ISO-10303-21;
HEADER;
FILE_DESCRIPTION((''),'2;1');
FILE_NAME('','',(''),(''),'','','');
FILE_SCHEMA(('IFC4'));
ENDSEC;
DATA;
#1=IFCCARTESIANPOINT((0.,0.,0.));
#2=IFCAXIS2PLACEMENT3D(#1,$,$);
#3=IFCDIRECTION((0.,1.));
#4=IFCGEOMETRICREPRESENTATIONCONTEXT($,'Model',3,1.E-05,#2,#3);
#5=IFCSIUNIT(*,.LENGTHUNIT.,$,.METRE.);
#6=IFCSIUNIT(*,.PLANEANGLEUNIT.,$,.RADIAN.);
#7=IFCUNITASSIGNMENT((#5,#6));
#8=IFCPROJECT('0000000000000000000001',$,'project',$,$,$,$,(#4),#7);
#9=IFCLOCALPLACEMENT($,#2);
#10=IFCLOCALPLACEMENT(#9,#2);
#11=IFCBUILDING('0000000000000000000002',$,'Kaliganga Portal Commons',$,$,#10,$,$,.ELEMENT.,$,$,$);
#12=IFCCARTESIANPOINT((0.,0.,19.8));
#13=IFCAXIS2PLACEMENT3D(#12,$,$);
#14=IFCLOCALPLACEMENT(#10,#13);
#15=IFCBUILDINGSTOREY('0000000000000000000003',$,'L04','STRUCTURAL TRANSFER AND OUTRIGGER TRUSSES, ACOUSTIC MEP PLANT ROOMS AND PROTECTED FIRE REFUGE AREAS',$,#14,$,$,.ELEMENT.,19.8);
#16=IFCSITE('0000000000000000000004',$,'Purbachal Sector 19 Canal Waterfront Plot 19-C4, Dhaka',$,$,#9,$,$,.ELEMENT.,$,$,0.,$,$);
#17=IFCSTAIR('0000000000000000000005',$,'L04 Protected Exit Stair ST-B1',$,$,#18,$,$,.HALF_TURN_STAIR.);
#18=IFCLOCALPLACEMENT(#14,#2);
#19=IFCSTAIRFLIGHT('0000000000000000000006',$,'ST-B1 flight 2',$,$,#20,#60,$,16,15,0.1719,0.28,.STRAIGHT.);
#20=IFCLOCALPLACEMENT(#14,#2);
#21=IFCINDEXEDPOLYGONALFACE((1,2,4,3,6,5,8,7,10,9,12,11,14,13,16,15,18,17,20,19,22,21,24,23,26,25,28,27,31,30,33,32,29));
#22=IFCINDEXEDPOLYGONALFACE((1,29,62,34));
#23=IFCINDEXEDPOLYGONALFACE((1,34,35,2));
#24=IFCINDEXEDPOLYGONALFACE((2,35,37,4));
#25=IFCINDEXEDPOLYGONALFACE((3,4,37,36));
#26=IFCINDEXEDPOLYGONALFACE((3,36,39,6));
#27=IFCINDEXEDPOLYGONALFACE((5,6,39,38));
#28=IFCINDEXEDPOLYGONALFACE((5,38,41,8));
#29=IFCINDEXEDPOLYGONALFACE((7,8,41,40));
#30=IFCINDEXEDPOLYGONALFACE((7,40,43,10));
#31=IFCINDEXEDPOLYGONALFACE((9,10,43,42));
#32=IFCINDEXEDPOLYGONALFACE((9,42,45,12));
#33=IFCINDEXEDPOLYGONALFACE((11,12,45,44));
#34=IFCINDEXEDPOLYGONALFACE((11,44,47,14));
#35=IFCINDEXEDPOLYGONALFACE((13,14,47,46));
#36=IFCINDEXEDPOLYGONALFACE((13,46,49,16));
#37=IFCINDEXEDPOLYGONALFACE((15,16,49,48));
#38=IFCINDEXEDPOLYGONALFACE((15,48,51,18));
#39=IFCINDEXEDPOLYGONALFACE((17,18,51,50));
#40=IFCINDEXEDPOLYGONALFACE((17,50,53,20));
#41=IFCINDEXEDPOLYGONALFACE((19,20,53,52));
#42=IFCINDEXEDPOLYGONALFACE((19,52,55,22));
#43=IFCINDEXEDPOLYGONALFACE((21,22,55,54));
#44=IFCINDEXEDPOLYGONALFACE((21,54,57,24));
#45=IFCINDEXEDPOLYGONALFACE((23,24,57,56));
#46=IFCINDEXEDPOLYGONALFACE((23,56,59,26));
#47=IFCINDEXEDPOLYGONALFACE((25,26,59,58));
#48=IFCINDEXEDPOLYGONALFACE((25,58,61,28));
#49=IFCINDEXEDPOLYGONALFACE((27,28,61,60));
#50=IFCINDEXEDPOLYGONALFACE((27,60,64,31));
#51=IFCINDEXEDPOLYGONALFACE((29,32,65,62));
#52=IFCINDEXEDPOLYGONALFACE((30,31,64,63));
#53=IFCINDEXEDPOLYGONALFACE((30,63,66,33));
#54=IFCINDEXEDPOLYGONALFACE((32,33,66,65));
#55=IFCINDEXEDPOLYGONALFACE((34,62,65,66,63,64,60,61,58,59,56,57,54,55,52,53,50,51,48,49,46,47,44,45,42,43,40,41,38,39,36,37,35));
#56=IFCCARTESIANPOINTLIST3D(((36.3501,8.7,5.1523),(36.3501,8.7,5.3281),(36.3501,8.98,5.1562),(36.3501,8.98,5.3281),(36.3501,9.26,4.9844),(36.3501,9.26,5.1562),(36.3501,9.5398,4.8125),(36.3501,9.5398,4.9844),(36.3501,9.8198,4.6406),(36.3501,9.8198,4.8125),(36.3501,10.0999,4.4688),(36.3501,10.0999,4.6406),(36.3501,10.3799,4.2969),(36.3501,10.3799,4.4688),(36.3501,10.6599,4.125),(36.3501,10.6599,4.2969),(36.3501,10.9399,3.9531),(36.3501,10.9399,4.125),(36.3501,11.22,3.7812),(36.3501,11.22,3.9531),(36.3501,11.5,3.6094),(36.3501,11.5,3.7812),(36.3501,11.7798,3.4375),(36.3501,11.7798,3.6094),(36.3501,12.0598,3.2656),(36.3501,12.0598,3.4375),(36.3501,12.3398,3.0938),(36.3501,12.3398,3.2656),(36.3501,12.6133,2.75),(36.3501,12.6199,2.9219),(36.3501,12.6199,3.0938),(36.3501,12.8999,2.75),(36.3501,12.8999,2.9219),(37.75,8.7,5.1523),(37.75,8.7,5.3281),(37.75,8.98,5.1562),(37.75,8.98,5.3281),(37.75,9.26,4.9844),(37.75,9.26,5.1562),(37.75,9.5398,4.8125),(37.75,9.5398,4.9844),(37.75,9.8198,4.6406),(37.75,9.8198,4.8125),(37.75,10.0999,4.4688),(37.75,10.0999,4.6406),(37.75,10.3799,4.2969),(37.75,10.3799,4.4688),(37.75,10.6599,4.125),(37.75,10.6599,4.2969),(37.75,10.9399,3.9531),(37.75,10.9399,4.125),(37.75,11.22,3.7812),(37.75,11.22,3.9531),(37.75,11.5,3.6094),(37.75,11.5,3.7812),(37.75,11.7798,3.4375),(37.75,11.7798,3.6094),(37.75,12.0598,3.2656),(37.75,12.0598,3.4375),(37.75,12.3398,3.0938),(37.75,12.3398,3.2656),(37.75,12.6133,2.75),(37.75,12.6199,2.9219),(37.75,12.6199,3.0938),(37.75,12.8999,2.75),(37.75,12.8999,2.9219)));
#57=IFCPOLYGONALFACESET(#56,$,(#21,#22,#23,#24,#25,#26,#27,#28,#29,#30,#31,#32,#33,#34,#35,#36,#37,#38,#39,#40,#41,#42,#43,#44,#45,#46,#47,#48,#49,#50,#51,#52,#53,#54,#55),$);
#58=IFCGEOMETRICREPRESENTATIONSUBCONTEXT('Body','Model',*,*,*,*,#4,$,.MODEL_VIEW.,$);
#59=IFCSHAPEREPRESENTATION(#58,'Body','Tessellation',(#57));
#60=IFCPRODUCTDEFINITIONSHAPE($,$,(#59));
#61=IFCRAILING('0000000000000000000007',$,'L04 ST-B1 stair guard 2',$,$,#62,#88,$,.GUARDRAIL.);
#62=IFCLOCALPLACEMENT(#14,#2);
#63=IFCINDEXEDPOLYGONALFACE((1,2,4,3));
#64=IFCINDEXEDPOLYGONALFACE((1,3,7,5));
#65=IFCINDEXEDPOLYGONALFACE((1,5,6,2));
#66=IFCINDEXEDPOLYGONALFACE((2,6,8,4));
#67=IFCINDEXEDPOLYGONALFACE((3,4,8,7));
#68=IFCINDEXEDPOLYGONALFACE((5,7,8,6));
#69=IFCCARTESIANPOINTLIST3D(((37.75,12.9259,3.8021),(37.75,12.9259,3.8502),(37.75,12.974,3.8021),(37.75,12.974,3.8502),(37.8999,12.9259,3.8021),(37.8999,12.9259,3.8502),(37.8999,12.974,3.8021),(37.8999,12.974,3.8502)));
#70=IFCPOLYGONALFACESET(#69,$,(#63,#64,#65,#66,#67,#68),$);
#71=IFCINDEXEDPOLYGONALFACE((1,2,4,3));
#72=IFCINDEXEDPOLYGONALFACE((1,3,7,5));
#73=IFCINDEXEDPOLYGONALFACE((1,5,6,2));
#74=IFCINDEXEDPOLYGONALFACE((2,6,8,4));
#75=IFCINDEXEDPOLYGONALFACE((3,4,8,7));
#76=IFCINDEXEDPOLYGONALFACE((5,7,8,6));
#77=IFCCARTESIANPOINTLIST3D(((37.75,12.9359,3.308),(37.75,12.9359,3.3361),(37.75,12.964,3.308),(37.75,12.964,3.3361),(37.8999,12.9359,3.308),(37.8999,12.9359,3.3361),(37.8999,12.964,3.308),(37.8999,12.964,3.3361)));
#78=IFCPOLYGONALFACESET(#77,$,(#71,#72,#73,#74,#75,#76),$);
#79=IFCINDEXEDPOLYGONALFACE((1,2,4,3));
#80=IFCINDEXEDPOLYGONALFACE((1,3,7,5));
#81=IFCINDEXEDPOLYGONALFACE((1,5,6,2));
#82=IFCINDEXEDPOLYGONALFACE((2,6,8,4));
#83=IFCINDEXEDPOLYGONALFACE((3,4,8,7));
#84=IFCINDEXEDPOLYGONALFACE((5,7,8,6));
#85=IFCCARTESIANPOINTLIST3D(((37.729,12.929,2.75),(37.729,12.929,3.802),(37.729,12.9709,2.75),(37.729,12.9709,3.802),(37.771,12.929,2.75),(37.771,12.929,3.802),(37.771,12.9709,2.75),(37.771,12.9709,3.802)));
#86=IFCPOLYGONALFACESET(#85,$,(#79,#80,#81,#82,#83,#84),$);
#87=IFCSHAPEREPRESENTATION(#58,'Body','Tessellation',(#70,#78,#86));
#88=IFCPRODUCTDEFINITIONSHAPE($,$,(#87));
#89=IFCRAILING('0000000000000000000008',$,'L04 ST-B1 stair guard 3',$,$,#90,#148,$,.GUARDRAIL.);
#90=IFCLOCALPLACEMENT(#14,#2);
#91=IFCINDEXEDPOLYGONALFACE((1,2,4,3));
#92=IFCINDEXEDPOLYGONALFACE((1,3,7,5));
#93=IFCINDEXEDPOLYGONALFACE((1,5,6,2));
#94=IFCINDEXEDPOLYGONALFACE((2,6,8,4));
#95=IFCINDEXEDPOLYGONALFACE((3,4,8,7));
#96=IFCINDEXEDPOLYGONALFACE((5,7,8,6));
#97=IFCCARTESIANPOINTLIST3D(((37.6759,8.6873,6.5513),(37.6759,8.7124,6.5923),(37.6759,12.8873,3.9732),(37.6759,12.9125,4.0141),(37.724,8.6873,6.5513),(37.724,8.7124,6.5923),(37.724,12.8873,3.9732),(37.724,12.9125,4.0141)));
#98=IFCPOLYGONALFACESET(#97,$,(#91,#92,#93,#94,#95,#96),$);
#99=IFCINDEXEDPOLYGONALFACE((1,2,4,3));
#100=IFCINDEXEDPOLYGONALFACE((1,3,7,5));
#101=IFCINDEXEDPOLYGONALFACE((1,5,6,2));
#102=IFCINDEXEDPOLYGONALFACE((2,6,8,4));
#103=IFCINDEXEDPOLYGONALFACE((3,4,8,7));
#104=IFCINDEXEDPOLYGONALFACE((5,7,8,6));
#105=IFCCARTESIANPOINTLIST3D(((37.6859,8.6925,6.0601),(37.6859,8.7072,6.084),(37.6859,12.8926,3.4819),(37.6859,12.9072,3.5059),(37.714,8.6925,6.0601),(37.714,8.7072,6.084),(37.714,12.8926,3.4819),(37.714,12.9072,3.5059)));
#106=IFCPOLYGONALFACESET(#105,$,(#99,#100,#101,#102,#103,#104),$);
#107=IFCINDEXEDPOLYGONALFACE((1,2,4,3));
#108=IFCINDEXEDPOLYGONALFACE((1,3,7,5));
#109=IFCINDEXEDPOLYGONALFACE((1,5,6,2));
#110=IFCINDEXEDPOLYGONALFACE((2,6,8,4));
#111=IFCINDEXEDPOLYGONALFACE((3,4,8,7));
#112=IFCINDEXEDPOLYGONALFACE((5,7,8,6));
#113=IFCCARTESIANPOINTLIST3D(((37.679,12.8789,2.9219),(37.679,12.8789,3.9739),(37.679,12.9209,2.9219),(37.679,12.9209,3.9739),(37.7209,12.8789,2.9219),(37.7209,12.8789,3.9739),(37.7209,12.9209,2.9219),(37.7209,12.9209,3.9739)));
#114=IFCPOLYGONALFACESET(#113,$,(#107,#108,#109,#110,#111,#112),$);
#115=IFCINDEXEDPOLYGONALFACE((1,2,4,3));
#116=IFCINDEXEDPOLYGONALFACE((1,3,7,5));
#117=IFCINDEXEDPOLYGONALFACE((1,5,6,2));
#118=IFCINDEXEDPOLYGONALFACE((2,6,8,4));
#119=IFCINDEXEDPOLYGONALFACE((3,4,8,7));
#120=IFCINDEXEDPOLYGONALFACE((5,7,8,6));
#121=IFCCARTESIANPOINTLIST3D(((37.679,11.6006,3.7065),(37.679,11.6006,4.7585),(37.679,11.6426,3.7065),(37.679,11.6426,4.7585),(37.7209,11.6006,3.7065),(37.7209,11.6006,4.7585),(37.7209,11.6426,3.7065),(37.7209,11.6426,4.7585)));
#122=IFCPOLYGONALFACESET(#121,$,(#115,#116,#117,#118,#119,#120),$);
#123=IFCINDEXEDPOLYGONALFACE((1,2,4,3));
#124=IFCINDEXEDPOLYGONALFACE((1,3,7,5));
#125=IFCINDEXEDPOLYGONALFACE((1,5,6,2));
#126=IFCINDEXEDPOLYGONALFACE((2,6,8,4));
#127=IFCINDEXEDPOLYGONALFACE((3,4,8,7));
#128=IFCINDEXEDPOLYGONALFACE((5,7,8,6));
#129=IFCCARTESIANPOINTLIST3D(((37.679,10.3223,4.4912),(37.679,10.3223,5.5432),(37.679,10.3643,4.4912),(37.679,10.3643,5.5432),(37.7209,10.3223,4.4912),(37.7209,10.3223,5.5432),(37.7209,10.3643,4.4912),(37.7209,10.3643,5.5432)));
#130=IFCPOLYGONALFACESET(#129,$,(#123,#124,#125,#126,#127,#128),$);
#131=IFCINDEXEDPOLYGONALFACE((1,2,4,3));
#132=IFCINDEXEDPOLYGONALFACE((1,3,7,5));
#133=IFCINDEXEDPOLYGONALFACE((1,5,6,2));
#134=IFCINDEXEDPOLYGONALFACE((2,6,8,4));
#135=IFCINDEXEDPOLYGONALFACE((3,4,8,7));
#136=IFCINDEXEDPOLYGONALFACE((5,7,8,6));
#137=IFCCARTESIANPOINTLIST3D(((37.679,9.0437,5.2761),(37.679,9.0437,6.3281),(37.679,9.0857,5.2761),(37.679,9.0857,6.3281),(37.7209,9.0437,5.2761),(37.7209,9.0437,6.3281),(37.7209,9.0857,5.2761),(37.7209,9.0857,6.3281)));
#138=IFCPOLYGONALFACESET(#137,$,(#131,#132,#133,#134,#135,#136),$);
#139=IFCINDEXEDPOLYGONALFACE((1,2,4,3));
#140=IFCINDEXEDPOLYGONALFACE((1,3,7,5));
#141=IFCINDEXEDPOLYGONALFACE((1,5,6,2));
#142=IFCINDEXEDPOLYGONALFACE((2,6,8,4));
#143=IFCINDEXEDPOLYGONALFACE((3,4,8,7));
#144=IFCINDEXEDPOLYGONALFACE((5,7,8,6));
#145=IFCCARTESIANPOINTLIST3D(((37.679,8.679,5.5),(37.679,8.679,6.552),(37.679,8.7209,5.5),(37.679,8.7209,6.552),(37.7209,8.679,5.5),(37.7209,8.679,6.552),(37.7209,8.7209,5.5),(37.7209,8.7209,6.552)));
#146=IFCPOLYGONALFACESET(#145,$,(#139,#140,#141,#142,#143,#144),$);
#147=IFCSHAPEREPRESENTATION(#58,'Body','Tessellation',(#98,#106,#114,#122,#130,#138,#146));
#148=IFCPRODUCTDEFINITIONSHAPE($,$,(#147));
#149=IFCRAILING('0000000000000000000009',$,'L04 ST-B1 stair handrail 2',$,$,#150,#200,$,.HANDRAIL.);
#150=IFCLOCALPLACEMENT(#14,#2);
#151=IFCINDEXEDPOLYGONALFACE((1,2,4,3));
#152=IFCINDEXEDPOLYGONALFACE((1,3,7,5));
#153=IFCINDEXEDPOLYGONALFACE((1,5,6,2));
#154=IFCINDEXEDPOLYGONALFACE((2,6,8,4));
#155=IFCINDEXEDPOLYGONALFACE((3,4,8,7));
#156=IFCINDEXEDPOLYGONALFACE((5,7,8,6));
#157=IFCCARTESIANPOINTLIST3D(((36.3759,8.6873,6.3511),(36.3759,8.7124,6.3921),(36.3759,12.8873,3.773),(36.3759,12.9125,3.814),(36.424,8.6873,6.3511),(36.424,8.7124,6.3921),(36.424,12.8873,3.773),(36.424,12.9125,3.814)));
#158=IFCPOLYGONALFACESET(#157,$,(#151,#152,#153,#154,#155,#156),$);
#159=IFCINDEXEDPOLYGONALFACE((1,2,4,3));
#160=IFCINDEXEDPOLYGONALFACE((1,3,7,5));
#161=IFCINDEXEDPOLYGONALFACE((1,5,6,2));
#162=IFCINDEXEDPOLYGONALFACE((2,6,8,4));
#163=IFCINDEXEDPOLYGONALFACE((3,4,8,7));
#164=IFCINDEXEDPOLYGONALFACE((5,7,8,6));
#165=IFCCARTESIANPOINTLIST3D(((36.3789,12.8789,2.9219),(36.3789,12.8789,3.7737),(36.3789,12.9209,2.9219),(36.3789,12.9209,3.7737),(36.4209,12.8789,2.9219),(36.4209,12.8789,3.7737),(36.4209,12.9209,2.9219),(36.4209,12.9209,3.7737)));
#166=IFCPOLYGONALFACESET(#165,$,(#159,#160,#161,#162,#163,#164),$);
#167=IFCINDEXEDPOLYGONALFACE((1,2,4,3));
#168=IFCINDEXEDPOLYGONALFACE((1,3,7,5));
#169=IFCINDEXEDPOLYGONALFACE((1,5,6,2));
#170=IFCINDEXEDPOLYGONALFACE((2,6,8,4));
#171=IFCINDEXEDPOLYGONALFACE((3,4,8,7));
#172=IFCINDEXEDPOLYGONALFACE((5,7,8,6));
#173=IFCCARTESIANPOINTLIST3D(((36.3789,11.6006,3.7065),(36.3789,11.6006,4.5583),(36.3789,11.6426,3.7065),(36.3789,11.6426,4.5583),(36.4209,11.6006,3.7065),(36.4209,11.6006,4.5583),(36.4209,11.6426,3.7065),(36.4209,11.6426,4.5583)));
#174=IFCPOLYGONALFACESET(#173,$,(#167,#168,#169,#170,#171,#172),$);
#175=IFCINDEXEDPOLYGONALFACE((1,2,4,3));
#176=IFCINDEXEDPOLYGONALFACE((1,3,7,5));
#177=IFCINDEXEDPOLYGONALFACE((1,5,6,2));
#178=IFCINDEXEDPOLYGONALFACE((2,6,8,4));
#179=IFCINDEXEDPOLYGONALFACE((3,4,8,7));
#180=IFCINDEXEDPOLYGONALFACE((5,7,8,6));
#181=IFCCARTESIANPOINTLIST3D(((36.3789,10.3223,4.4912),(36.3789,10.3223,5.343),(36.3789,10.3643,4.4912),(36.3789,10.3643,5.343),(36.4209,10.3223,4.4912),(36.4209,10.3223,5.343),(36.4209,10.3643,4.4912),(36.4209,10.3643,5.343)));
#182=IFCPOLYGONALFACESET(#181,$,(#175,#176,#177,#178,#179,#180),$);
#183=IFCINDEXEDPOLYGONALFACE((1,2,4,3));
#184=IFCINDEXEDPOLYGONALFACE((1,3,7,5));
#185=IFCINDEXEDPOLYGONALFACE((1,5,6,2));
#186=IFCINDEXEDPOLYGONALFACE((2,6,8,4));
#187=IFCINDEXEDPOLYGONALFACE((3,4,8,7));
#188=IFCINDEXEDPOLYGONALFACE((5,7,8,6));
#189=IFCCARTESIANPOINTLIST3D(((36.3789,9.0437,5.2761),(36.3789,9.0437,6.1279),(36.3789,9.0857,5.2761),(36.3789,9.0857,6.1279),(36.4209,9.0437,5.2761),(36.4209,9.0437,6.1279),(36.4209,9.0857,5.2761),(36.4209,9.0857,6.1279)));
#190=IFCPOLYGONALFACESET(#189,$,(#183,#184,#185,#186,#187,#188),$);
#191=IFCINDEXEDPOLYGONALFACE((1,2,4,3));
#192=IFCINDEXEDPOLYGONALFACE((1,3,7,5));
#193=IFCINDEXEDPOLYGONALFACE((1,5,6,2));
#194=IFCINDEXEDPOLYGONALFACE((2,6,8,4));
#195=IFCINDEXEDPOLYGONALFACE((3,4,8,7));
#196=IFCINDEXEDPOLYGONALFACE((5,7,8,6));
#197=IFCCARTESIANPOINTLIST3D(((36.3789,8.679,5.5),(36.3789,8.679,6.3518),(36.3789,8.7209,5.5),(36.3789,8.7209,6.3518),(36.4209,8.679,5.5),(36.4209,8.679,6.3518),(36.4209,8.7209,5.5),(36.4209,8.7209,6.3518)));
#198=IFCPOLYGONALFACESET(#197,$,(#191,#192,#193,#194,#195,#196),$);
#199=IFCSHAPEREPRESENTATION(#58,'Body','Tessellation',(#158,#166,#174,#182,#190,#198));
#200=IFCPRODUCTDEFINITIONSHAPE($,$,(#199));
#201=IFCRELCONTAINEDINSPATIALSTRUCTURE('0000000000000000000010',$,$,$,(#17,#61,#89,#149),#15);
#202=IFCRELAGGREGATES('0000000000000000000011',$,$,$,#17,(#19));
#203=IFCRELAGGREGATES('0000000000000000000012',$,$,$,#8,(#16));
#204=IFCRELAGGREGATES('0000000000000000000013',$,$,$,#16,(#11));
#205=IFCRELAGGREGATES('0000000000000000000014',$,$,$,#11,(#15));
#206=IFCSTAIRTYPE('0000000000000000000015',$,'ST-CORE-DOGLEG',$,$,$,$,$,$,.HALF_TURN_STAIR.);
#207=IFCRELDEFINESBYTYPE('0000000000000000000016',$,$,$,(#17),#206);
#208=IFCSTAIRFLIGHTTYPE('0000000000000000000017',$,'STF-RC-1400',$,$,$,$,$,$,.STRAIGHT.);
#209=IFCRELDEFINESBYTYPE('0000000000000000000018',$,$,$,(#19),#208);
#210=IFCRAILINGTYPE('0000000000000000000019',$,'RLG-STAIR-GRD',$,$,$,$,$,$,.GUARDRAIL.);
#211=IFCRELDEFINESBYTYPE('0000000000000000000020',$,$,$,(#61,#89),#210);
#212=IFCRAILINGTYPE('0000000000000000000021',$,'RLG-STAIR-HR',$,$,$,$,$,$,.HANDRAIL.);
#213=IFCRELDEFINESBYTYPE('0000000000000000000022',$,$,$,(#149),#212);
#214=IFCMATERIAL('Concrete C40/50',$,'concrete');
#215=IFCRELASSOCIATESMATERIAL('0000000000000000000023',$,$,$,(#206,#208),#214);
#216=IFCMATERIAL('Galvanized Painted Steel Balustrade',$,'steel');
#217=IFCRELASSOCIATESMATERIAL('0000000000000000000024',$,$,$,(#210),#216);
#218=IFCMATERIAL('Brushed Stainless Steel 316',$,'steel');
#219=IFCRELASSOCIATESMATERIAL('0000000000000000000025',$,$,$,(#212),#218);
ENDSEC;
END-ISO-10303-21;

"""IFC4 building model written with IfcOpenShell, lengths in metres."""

from ifc_helpers import new_model, si_unit, direction, frame, origin, origin_2d, place, context, subcontext, project, spatial, polyline, rectangle, outline, extrude, material, type_object, element, aggregate, save


model = new_model("IFC4")

# Units and contexts
model_context = context("Model", 3, precision=1e-05, world=origin(), true_north=direction((0.0, 1.0)))
body_context = subcontext(model_context, "Body", "Model", "MODEL_VIEW")
ifc_project = project(units=[si_unit("LENGTHUNIT", "METRE"), si_unit("PLANEANGLEUNIT", "RADIAN")], contexts=[model_context])

# Site, building, storey
site_placement = place(None, origin())
site = spatial("IfcSite", under=ifc_project, at=site_placement, Name="Purbachal Sector 19 Canal Waterfront Plot 19-C4, Dhaka", CompositionType="ELEMENT", RefElevation=0.0)
building_placement = place(site_placement, origin())
building = spatial("IfcBuilding", under=site, at=building_placement, Name="Kaliganga Portal Commons", CompositionType="ELEMENT")
storey_placement = place(building_placement, frame((0.0, 0.0, 19.8)))
storey = spatial("IfcBuildingStorey", under=building, at=storey_placement, Name="L04", Description="STRUCTURAL TRANSFER AND OUTRIGGER TRUSSES, ACOUSTIC MEP PLANT ROOMS AND PROTECTED FIRE REFUGE AREAS", CompositionType="ELEMENT", Elevation=19.8)

# Stair, stair flight
ifc_material_1 = material(Name="Concrete C40/50", Category="concrete")
stair_type = type_object("IfcStairType", Name="ST-CORE-DOGLEG", PredefinedType="HALF_TURN_STAIR", material=ifc_material_1)
stair_placement = place(storey_placement, origin())
stair = element("IfcStair", 1, at=stair_placement, inside=storey, type_object=stair_type, Name="L04 Protected Exit Stair ST-B1", PredefinedType="HALF_TURN_STAIR")
stair_flight_type = type_object("IfcStairFlightType", Name="STF-RC-1400", PredefinedType="STRAIGHT", material=ifc_material_1)
stair_flight_placement = place(storey_placement, frame((37.05, 12.8999, 2.75), z_axis=(0.0, 0.0, 1.0), x_axis=(0.0, -1.0, 0.0)))
stair_flight = element("IfcStairFlight", 2, at=stair_flight_placement, type_object=stair_flight_type, Name="ST-B1 flight 2", NumberOfRisers=16, NumberOfTreads=15, PredefinedType="STRAIGHT", RiserHeight=0.1719, TreadLength=0.28, context=body_context, shape_type="SweptSolid", body=[
    extrude(outline(polyline([(0.0, 0.0), (0.0, 0.1719), (0.28, 0.1719), (0.28, 0.3438), (0.5601, 0.3438), (0.5601, 0.5156), (0.8401, 0.5156), (0.8401, 0.6875), (1.1201, 0.6875), (1.1201, 0.8594), (1.3999, 0.8594), (1.3999, 1.0312), (1.6799, 1.0312), (1.6799, 1.2031), (1.96, 1.2031), (1.96, 1.375), (2.24, 1.375), (2.24, 1.5469), (2.52, 1.5469), (2.52, 1.7188), (2.8, 1.7188), (2.8, 1.8906), (3.0801, 1.8906), (3.0801, 2.0625), (3.3601, 2.0625), (3.3601, 2.2344), (3.6399, 2.2344), (3.6399, 2.4062), (3.9199, 2.4062), (3.9199, 2.5781), (4.2, 2.5781), (4.2, 2.75), (4.2, 2.4023), (0.2866, 0.0), (0.0, 0.0)])), frame((0.0, 0.7, 0.0), z_axis=(0.0, -1.0, 0.0), x_axis=(1.0, 0.0, 0.0)), (0.0, 0.0, 1.0), 1.3999),
])
aggregate(stair, [stair_flight])

# Railings
ifc_material_2 = material(Name="Galvanized Painted Steel Balustrade", Category="steel")
railing_type_1 = type_object("IfcRailingType", Name="RLG-STAIR-GRD", PredefinedType="GUARDRAIL", material=ifc_material_2)
railing_1_placement = place(storey_placement, frame((37.8999, 12.95, 2.75)))
element("IfcRailing", 3, at=railing_1_placement, inside=storey, type_object=railing_type_1, Name="L04 ST-B1 stair guard 2", PredefinedType="GUARDRAIL", context=body_context, shape_type="SweptSolid", body=[
    extrude(rectangle(XDim=0.0481, YDim=0.0481, at=origin_2d()), frame((0.0, 0.0, 1.0762), z_axis=(-1.0, 0.0, 0.0), x_axis=(0.0, -1.0, 0.0)), (0.0, 0.0, 1.0), 0.1499),
    extrude(rectangle(XDim=0.0281, YDim=0.0281, at=origin_2d()), frame((0.0, 0.0, 0.572), z_axis=(-1.0, 0.0, 0.0), x_axis=(0.0, -1.0, 0.0)), (0.0, 0.0, 1.0), 0.1499),
    extrude(rectangle(XDim=0.042, YDim=0.042, at=origin_2d()), frame((-0.1499, 0.0, 0.0)), (0.0, 0.0, 1.0), 1.052),
])
railing_2_placement = place(storey_placement, frame((37.7, 12.8999, 2.9219)))
element("IfcRailing", 4, at=railing_2_placement, inside=storey, type_object=railing_type_1, Name="L04 ST-B1 stair guard 3", PredefinedType="GUARDRAIL", context=body_context, shape_type="SweptSolid", body=[
    extrude(rectangle(XDim=0.0481, YDim=0.0481, at=origin_2d()), frame((0.0, 0.0, 1.0718), z_axis=(0.0, -0.852243, 0.523146), x_axis=(1.0, 0.0, 0.0)), (0.0, 0.0, 1.0), 4.9282),
    extrude(rectangle(XDim=0.0281, YDim=0.0281, at=origin_2d()), frame((0.0, 0.0, 0.572), z_axis=(0.0, -0.852243, 0.523146), x_axis=(1.0, 0.0, 0.0)), (0.0, 0.0, 1.0), 4.9282),
    extrude(rectangle(XDim=0.042, YDim=0.042, at=origin_2d()), origin(), (0.0, 0.0, 1.0), 1.052),
    extrude(rectangle(XDim=0.042, YDim=0.042, at=origin_2d()), frame((0.0, -1.2783, 0.7847)), (0.0, 0.0, 1.0), 1.052),
    extrude(rectangle(XDim=0.042, YDim=0.042, at=origin_2d()), frame((0.0, -2.5566, 1.5693)), (0.0, 0.0, 1.0), 1.052),
    extrude(rectangle(XDim=0.042, YDim=0.042, at=origin_2d()), frame((0.0, -3.8352, 2.3542)), (0.0, 0.0, 1.0), 1.052),
    extrude(rectangle(XDim=0.042, YDim=0.042, at=origin_2d()), frame((0.0, -4.2, 2.5781)), (0.0, 0.0, 1.0), 1.052),
])
ifc_material_3 = material(Name="Brushed Stainless Steel 316", Category="steel")
railing_type_2 = type_object("IfcRailingType", Name="RLG-STAIR-HR", PredefinedType="HANDRAIL", material=ifc_material_3)
railing_3_placement = place(storey_placement, frame((36.3999, 12.8999, 2.9219)))
element("IfcRailing", 5, at=railing_3_placement, inside=storey, type_object=railing_type_2, Name="L04 ST-B1 stair handrail 2", PredefinedType="HANDRAIL", context=body_context, shape_type="SweptSolid", body=[
    extrude(rectangle(XDim=0.0481, YDim=0.0481, at=origin_2d()), frame((0.0, 0.0, 0.8716), z_axis=(0.0, -0.852243, 0.523146), x_axis=(1.0, 0.0, 0.0)), (0.0, 0.0, 1.0), 4.9282),
    extrude(rectangle(XDim=0.042, YDim=0.042, at=origin_2d()), origin(), (0.0, 0.0, 1.0), 0.8518),
    extrude(rectangle(XDim=0.042, YDim=0.042, at=origin_2d()), frame((0.0, -1.2783, 0.7847)), (0.0, 0.0, 1.0), 0.8518),
    extrude(rectangle(XDim=0.042, YDim=0.042, at=origin_2d()), frame((0.0, -2.5566, 1.5693)), (0.0, 0.0, 1.0), 0.8518),
    extrude(rectangle(XDim=0.042, YDim=0.042, at=origin_2d()), frame((0.0, -3.8352, 2.3542)), (0.0, 0.0, 1.0), 0.8518),
    extrude(rectangle(XDim=0.042, YDim=0.042, at=origin_2d()), frame((0.0, -4.2, 2.5781)), (0.0, 0.0, 1.0), 0.8518),
])

save(model, "model.ifc")
